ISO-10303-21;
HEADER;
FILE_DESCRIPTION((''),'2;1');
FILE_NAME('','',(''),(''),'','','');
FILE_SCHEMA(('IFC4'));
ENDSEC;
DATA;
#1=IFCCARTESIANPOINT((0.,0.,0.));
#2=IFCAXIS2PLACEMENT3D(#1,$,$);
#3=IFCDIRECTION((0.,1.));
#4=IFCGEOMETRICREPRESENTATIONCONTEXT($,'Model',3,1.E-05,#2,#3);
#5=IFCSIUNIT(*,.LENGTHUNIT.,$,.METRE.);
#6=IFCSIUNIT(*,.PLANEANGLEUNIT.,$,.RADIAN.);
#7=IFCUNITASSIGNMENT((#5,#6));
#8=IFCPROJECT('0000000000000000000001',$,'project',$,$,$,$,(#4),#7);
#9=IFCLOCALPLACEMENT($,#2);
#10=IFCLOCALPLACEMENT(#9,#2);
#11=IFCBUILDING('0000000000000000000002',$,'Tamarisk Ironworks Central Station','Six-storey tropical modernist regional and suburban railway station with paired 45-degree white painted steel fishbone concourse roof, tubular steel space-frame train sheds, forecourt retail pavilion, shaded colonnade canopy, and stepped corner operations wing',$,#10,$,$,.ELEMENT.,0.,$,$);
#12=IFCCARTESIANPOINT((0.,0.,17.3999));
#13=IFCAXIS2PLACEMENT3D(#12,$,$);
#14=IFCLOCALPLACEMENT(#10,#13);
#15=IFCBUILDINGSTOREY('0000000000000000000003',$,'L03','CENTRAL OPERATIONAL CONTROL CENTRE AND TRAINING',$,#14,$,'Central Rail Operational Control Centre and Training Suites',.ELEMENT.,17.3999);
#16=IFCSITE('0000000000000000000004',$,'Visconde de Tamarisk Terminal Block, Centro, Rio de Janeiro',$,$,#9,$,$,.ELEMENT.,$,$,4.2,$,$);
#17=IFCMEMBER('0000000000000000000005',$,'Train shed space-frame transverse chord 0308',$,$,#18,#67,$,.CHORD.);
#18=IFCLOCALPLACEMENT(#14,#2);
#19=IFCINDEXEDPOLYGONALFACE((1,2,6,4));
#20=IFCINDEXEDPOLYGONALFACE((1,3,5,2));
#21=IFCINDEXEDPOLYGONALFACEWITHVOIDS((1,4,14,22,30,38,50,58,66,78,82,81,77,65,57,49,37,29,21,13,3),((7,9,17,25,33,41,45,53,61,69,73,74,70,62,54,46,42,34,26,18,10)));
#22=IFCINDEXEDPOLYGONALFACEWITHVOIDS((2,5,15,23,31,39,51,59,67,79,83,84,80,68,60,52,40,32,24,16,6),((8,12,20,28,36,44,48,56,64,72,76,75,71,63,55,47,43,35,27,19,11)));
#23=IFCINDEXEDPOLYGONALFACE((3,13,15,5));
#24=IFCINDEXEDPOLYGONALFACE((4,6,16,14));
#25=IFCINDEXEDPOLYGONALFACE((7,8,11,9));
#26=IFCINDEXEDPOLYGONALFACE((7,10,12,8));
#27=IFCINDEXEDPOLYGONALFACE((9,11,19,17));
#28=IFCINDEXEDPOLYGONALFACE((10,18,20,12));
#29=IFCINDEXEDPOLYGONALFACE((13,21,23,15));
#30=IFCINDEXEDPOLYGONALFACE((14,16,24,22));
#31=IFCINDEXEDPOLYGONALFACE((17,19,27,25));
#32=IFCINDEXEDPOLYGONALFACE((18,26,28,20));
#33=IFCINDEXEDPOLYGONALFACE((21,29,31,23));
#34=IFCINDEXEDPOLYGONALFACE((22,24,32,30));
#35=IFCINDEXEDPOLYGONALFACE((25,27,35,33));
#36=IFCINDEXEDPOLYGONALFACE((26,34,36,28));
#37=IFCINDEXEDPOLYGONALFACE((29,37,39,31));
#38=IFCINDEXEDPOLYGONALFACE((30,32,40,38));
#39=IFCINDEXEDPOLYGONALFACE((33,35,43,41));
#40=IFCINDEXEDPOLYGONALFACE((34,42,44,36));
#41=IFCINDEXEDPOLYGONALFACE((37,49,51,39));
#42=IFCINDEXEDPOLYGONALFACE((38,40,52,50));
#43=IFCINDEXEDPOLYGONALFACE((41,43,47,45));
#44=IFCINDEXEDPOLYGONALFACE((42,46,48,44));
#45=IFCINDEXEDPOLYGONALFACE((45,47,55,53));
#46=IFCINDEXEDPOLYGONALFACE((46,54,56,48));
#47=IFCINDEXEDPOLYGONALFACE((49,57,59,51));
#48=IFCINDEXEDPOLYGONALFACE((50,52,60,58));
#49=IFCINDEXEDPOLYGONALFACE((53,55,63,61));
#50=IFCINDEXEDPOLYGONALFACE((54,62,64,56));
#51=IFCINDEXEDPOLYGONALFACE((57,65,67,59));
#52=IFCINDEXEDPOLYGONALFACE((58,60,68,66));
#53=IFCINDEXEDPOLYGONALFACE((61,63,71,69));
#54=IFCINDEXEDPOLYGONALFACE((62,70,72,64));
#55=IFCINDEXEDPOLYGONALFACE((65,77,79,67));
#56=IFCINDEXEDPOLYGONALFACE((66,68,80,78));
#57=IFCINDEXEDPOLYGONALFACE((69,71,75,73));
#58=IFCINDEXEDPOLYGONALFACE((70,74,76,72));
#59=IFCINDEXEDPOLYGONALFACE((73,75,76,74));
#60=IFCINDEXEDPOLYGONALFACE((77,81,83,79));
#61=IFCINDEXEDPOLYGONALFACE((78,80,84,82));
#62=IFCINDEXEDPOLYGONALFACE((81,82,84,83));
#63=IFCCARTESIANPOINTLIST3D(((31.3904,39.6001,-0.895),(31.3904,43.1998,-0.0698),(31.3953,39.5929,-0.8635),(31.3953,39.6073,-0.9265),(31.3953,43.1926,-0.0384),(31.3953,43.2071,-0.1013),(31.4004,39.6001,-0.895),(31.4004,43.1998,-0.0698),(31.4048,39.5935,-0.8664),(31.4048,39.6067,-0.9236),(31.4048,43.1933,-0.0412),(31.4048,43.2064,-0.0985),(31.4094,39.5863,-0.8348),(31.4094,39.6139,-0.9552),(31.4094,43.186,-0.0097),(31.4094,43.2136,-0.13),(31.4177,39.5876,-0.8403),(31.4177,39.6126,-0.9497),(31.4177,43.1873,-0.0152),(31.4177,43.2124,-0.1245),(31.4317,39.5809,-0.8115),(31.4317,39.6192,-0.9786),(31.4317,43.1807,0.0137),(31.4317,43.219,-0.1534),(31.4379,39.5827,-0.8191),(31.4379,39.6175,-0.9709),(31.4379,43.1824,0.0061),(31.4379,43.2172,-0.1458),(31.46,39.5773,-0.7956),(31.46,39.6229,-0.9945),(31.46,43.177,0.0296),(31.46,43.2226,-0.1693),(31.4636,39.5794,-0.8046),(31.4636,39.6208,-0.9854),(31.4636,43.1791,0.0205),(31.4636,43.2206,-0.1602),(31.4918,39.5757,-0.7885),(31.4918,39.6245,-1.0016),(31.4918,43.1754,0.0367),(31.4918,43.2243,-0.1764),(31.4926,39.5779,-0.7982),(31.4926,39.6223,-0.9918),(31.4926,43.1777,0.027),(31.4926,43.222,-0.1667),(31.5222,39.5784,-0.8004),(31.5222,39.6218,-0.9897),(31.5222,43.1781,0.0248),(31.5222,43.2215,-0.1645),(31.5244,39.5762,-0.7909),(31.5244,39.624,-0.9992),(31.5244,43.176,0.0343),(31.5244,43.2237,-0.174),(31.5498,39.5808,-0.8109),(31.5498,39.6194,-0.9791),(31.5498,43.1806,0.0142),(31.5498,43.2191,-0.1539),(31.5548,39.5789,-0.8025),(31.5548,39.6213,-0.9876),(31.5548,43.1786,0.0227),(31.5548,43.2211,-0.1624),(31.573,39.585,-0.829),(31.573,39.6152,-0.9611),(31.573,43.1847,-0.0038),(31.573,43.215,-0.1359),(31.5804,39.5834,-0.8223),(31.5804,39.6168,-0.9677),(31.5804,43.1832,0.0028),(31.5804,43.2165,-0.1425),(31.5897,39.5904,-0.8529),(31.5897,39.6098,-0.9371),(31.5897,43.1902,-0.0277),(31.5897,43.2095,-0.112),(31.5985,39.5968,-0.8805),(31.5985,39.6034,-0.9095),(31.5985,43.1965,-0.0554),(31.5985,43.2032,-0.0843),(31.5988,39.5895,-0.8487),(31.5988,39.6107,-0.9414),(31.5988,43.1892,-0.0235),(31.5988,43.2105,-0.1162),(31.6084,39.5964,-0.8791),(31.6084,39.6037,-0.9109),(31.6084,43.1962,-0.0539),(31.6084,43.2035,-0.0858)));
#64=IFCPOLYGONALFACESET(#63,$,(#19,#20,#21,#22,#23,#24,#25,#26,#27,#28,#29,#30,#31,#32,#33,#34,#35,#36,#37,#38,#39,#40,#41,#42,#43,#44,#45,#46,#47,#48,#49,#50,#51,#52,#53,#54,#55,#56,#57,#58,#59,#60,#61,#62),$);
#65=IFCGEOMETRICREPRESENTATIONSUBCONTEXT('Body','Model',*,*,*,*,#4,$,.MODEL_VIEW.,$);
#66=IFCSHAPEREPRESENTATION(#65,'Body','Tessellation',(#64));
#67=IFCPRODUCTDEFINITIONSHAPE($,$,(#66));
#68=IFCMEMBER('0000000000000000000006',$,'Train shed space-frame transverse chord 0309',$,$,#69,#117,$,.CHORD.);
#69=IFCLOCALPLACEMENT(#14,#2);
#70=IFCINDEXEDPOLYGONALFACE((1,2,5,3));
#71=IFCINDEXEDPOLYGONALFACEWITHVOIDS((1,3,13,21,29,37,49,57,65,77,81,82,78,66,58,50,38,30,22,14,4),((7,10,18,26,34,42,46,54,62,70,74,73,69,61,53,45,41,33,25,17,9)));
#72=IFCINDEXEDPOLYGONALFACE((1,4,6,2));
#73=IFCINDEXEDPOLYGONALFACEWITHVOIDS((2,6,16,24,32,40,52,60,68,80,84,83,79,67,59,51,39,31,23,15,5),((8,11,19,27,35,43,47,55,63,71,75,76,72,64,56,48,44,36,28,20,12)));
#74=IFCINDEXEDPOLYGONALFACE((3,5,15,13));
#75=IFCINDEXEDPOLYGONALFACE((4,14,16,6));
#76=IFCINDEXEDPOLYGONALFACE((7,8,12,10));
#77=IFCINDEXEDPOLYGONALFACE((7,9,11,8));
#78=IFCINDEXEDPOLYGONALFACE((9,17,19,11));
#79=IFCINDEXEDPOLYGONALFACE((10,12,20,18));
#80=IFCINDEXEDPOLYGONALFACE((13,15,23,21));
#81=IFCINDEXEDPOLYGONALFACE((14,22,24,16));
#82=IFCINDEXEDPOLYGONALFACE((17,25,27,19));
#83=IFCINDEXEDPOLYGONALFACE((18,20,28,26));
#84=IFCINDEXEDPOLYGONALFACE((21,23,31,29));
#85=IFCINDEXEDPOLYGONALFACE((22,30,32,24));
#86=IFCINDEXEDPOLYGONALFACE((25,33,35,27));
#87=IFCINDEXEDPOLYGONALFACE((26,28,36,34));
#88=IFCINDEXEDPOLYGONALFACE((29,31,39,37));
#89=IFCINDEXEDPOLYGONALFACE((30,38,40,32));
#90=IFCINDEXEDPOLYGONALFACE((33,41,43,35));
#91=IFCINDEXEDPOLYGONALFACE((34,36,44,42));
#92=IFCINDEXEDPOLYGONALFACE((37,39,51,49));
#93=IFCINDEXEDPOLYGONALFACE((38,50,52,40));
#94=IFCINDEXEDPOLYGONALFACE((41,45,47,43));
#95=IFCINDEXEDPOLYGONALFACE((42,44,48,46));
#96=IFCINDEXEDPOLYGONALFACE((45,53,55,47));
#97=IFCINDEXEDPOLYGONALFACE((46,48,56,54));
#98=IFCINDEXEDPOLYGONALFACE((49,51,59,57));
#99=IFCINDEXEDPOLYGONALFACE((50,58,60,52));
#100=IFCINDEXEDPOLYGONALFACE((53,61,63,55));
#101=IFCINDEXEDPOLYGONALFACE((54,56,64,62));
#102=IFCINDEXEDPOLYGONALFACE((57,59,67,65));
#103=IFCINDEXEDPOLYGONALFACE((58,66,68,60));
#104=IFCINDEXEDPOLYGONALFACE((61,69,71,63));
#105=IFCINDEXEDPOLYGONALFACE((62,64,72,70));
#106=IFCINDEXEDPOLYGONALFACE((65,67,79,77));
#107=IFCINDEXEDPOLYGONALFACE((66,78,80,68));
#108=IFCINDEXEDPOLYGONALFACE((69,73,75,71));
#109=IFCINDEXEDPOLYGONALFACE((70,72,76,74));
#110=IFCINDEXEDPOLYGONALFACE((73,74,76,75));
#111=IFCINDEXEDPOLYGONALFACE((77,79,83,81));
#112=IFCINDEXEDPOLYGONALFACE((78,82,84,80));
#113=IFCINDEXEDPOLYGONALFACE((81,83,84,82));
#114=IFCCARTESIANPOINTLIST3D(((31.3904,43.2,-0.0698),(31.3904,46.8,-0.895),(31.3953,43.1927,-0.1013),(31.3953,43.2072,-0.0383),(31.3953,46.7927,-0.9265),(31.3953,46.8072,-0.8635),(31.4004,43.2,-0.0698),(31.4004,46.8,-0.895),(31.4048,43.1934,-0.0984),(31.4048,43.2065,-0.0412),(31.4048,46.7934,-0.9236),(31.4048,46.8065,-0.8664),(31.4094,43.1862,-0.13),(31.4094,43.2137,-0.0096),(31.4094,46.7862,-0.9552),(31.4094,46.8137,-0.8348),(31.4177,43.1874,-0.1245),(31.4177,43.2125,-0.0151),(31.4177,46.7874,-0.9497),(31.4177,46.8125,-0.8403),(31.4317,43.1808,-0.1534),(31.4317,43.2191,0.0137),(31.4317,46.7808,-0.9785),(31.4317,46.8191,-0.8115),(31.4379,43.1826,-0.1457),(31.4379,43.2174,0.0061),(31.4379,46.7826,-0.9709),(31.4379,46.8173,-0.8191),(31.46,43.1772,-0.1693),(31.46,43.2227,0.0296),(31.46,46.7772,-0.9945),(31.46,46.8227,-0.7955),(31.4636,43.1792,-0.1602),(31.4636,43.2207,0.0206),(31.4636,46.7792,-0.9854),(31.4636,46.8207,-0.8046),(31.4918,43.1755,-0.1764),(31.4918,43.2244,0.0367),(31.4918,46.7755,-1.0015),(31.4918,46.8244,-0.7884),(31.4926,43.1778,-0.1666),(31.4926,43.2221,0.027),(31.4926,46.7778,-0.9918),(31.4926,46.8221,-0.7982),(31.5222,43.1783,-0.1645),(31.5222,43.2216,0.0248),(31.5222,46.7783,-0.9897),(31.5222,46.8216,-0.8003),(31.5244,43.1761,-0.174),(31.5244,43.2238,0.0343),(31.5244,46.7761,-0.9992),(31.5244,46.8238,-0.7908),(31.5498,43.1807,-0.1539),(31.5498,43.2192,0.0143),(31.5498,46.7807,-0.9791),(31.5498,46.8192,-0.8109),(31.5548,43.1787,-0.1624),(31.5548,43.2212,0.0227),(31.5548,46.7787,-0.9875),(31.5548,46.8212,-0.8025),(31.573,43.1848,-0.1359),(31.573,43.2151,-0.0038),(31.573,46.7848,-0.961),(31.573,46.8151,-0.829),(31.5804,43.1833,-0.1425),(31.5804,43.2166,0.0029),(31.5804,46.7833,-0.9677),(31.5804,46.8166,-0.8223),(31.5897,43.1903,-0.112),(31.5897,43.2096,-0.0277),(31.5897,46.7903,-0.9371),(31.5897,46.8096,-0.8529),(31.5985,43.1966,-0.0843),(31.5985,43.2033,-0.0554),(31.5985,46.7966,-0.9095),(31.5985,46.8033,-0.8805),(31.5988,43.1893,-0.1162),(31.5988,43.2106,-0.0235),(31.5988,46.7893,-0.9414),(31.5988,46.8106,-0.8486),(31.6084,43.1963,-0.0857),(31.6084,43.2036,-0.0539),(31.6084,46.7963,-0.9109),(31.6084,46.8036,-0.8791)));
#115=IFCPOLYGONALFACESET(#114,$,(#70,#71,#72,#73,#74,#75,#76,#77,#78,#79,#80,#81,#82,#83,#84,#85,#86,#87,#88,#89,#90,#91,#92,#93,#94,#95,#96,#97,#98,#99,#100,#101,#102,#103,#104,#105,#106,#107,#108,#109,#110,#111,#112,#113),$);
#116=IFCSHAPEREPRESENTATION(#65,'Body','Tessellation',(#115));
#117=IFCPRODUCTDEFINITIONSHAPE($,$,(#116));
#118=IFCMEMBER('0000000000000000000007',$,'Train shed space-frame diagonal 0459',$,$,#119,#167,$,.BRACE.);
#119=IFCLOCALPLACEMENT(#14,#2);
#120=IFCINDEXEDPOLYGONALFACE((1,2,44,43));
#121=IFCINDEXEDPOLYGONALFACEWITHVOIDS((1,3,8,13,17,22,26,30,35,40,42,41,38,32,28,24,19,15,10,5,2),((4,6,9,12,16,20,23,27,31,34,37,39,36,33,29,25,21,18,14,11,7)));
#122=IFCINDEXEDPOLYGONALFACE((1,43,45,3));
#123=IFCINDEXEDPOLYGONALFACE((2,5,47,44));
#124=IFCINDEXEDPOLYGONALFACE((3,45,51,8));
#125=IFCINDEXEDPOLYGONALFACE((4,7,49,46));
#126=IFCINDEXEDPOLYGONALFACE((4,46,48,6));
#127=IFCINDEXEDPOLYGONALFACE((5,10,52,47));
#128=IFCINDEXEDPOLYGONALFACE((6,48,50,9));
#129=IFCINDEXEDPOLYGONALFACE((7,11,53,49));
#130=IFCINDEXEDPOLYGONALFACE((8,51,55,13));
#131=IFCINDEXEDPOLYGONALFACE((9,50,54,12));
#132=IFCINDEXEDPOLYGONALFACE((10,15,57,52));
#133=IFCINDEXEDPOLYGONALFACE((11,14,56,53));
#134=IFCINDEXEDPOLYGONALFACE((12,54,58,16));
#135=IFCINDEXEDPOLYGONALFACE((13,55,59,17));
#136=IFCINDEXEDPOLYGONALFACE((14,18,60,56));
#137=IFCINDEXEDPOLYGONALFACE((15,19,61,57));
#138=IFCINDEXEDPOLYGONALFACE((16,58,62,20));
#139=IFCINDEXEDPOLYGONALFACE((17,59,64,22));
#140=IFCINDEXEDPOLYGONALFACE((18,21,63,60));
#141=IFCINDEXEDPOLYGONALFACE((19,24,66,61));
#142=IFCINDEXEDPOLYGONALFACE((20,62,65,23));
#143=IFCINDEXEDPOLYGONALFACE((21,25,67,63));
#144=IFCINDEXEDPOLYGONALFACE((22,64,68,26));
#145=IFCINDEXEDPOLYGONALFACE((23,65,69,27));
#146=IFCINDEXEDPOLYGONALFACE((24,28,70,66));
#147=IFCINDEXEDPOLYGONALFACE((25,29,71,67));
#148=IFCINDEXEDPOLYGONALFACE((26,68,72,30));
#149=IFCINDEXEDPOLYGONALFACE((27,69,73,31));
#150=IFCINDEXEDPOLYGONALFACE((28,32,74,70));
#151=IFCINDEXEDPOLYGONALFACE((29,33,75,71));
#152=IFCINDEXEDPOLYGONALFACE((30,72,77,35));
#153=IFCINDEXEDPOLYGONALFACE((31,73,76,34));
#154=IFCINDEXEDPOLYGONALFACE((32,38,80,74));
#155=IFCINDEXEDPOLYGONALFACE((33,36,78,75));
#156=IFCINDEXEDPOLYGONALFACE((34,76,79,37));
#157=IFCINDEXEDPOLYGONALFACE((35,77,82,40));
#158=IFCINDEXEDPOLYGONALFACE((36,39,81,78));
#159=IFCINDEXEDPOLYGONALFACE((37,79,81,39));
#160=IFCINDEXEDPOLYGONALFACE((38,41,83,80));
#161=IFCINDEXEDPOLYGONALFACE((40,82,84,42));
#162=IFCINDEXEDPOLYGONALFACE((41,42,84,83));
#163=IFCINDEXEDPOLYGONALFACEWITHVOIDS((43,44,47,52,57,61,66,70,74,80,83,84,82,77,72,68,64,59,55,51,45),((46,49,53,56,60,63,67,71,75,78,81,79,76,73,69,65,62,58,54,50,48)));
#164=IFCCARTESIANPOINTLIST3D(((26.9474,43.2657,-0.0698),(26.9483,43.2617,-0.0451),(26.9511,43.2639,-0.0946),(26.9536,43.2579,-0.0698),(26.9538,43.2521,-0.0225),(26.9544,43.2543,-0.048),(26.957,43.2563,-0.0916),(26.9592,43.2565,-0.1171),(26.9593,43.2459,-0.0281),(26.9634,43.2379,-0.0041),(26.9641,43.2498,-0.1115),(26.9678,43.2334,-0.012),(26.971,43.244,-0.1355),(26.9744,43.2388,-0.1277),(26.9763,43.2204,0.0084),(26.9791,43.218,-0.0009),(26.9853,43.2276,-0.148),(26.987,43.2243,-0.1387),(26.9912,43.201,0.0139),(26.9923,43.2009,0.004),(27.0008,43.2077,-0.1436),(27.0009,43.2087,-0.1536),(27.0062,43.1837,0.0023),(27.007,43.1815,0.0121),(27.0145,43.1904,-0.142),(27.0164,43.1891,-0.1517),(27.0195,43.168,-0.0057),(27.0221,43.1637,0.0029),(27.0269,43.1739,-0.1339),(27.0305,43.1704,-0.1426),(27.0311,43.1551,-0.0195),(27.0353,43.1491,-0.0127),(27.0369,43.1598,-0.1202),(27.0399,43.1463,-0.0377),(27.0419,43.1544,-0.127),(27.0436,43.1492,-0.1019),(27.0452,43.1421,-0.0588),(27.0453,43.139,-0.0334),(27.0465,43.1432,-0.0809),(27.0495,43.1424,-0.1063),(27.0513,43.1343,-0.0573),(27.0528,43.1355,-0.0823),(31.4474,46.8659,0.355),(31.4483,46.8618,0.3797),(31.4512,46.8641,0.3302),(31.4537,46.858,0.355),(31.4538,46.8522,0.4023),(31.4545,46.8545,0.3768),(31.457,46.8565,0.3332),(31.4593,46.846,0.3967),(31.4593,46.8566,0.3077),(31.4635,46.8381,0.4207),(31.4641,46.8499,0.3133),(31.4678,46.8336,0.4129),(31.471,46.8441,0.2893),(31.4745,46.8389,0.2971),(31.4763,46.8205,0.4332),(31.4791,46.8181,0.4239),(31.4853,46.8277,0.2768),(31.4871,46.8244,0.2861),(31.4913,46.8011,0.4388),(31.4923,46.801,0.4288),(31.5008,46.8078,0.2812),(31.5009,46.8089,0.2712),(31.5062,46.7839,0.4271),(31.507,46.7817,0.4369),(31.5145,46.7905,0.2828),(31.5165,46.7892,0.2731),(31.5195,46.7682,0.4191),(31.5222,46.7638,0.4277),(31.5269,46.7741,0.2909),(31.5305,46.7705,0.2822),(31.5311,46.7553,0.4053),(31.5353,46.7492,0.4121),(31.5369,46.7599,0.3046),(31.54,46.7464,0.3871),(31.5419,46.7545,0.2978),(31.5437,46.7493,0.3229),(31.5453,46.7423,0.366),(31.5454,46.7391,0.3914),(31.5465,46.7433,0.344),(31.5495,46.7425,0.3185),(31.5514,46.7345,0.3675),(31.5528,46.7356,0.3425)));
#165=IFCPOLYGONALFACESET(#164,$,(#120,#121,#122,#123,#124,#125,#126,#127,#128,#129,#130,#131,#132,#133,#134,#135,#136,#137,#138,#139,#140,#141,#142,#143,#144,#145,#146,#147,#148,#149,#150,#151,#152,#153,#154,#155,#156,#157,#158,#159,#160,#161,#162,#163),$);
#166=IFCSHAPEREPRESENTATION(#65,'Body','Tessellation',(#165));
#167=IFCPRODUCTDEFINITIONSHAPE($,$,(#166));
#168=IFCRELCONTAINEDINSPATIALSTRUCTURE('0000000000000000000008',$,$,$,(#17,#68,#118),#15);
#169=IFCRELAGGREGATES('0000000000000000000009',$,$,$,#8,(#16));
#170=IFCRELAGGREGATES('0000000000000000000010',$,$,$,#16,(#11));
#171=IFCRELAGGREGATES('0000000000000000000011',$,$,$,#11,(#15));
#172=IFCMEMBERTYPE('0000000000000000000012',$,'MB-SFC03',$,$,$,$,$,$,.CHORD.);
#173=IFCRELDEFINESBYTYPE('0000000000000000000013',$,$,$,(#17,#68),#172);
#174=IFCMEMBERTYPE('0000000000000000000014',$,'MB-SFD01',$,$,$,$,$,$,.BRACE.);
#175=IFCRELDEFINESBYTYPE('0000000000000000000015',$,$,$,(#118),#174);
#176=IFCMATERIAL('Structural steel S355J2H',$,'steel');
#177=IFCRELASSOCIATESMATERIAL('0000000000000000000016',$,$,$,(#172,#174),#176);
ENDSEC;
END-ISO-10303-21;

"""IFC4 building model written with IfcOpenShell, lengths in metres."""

from ifc_helpers import new_model, si_unit, direction, frame, origin, origin_2d, place, context, subcontext, project, spatial, hollow_circle, extrude, material, material_profile, profile_set, type_object, element, save


model = new_model("IFC4")

# Units and contexts
model_context = context("Model", 3, precision=1e-05, world=origin(), true_north=direction((0.0, 1.0)))
body_context = subcontext(model_context, "Body", "Model", "MODEL_VIEW")
ifc_project = project(units=[si_unit("LENGTHUNIT", "METRE"), si_unit("PLANEANGLEUNIT", "RADIAN")], contexts=[model_context])

# Site, building, storey
site_placement = place(None, origin())
site = spatial("IfcSite", under=ifc_project, at=site_placement, Name="Visconde de Tamarisk Terminal Block, Centro, Rio de Janeiro", CompositionType="ELEMENT", RefElevation=4.2)
building_placement = place(site_placement, origin())
building = spatial("IfcBuilding", under=site, at=building_placement, Name="Tamarisk Ironworks Central Station", Description="Six-storey tropical modernist regional and suburban railway station with paired 45-degree white painted steel fishbone concourse roof, tubular steel space-frame train sheds, forecourt retail pavilion, shaded colonnade canopy, and stepped corner operations wing", CompositionType="ELEMENT", ElevationOfRefHeight=0.0)
storey_placement = place(building_placement, frame((0.0, 0.0, 17.3999)))
storey = spatial("IfcBuildingStorey", under=building, at=storey_placement, Name="L03", Description="CENTRAL OPERATIONAL CONTROL CENTRE AND TRAINING", LongName="Central Rail Operational Control Centre and Training Suites", CompositionType="ELEMENT", Elevation=17.3999)

# Members
ifc_material = material(Name="Structural steel S355J2H", Category="steel")
ifc_material_profile_1 = material_profile(ifc_material, hollow_circle(Radius=0.1096, WallThickness=0.01, at=origin_2d()), Name="CHS 219.1x10")
ifc_profile_set_1 = profile_set([ifc_material_profile_1], Name="Structural steel S355J2H")
member_type_1 = type_object("IfcMemberType", Name="MB-SFC03", PredefinedType="CHORD", material=ifc_profile_set_1)
member_1_placement = place(storey_placement, frame((31.5, 39.6001, -0.895), z_axis=(0.0, 0.974719, 0.223435), x_axis=(-1.0, 0.0, 0.0)))
element("IfcMember", 1, at=member_1_placement, inside=storey, type_object=member_type_1, Name="Train shed space-frame transverse chord 0308", PredefinedType="CHORD", context=body_context, shape_type="SweptSolid", body=[
    extrude(hollow_circle(Radius=0.1096, WallThickness=0.01, at=origin_2d()), origin(), (0.0, 0.0, 1.0), 3.6931),
])
member_2_placement = place(storey_placement, frame((31.5, 43.2, -0.0698), z_axis=(0.0, 0.974722, -0.223421), x_axis=(-1.0, 0.0, 0.0)))
element("IfcMember", 2, at=member_2_placement, inside=storey, type_object=member_type_1, Name="Train shed space-frame transverse chord 0309", PredefinedType="CHORD", context=body_context, shape_type="SweptSolid", body=[
    extrude(hollow_circle(Radius=0.1096, WallThickness=0.01, at=origin_2d()), origin(), (0.0, 0.0, 1.0), 3.6934),
])
ifc_material_profile_2 = material_profile(ifc_material, hollow_circle(Radius=0.0842, WallThickness=0.01, at=origin_2d()), Name="CHS 168.3x10")
ifc_profile_set_2 = profile_set([ifc_material_profile_2], Name="Structural steel S355J2H")
member_type_2 = type_object("IfcMemberType", Name="MB-SFD01", PredefinedType="BRACE", material=ifc_profile_set_2)
member_3_placement = place(storey_placement, frame((27.0, 43.2, -0.0698), z_axis=(0.778748, 0.623015, 0.073515), x_axis=(-0.624705, 0.780861, 0.0)))
element("IfcMember", 3, at=member_3_placement, inside=storey, type_object=member_type_2, Name="Train shed space-frame diagonal 0459", PredefinedType="BRACE", context=body_context, shape_type="SweptSolid", body=[
    extrude(hollow_circle(Radius=0.0842, WallThickness=0.01, at=origin_2d()), origin(), (0.0, 0.0, 1.0), 5.7786),
])

save(model, "model.ifc")
